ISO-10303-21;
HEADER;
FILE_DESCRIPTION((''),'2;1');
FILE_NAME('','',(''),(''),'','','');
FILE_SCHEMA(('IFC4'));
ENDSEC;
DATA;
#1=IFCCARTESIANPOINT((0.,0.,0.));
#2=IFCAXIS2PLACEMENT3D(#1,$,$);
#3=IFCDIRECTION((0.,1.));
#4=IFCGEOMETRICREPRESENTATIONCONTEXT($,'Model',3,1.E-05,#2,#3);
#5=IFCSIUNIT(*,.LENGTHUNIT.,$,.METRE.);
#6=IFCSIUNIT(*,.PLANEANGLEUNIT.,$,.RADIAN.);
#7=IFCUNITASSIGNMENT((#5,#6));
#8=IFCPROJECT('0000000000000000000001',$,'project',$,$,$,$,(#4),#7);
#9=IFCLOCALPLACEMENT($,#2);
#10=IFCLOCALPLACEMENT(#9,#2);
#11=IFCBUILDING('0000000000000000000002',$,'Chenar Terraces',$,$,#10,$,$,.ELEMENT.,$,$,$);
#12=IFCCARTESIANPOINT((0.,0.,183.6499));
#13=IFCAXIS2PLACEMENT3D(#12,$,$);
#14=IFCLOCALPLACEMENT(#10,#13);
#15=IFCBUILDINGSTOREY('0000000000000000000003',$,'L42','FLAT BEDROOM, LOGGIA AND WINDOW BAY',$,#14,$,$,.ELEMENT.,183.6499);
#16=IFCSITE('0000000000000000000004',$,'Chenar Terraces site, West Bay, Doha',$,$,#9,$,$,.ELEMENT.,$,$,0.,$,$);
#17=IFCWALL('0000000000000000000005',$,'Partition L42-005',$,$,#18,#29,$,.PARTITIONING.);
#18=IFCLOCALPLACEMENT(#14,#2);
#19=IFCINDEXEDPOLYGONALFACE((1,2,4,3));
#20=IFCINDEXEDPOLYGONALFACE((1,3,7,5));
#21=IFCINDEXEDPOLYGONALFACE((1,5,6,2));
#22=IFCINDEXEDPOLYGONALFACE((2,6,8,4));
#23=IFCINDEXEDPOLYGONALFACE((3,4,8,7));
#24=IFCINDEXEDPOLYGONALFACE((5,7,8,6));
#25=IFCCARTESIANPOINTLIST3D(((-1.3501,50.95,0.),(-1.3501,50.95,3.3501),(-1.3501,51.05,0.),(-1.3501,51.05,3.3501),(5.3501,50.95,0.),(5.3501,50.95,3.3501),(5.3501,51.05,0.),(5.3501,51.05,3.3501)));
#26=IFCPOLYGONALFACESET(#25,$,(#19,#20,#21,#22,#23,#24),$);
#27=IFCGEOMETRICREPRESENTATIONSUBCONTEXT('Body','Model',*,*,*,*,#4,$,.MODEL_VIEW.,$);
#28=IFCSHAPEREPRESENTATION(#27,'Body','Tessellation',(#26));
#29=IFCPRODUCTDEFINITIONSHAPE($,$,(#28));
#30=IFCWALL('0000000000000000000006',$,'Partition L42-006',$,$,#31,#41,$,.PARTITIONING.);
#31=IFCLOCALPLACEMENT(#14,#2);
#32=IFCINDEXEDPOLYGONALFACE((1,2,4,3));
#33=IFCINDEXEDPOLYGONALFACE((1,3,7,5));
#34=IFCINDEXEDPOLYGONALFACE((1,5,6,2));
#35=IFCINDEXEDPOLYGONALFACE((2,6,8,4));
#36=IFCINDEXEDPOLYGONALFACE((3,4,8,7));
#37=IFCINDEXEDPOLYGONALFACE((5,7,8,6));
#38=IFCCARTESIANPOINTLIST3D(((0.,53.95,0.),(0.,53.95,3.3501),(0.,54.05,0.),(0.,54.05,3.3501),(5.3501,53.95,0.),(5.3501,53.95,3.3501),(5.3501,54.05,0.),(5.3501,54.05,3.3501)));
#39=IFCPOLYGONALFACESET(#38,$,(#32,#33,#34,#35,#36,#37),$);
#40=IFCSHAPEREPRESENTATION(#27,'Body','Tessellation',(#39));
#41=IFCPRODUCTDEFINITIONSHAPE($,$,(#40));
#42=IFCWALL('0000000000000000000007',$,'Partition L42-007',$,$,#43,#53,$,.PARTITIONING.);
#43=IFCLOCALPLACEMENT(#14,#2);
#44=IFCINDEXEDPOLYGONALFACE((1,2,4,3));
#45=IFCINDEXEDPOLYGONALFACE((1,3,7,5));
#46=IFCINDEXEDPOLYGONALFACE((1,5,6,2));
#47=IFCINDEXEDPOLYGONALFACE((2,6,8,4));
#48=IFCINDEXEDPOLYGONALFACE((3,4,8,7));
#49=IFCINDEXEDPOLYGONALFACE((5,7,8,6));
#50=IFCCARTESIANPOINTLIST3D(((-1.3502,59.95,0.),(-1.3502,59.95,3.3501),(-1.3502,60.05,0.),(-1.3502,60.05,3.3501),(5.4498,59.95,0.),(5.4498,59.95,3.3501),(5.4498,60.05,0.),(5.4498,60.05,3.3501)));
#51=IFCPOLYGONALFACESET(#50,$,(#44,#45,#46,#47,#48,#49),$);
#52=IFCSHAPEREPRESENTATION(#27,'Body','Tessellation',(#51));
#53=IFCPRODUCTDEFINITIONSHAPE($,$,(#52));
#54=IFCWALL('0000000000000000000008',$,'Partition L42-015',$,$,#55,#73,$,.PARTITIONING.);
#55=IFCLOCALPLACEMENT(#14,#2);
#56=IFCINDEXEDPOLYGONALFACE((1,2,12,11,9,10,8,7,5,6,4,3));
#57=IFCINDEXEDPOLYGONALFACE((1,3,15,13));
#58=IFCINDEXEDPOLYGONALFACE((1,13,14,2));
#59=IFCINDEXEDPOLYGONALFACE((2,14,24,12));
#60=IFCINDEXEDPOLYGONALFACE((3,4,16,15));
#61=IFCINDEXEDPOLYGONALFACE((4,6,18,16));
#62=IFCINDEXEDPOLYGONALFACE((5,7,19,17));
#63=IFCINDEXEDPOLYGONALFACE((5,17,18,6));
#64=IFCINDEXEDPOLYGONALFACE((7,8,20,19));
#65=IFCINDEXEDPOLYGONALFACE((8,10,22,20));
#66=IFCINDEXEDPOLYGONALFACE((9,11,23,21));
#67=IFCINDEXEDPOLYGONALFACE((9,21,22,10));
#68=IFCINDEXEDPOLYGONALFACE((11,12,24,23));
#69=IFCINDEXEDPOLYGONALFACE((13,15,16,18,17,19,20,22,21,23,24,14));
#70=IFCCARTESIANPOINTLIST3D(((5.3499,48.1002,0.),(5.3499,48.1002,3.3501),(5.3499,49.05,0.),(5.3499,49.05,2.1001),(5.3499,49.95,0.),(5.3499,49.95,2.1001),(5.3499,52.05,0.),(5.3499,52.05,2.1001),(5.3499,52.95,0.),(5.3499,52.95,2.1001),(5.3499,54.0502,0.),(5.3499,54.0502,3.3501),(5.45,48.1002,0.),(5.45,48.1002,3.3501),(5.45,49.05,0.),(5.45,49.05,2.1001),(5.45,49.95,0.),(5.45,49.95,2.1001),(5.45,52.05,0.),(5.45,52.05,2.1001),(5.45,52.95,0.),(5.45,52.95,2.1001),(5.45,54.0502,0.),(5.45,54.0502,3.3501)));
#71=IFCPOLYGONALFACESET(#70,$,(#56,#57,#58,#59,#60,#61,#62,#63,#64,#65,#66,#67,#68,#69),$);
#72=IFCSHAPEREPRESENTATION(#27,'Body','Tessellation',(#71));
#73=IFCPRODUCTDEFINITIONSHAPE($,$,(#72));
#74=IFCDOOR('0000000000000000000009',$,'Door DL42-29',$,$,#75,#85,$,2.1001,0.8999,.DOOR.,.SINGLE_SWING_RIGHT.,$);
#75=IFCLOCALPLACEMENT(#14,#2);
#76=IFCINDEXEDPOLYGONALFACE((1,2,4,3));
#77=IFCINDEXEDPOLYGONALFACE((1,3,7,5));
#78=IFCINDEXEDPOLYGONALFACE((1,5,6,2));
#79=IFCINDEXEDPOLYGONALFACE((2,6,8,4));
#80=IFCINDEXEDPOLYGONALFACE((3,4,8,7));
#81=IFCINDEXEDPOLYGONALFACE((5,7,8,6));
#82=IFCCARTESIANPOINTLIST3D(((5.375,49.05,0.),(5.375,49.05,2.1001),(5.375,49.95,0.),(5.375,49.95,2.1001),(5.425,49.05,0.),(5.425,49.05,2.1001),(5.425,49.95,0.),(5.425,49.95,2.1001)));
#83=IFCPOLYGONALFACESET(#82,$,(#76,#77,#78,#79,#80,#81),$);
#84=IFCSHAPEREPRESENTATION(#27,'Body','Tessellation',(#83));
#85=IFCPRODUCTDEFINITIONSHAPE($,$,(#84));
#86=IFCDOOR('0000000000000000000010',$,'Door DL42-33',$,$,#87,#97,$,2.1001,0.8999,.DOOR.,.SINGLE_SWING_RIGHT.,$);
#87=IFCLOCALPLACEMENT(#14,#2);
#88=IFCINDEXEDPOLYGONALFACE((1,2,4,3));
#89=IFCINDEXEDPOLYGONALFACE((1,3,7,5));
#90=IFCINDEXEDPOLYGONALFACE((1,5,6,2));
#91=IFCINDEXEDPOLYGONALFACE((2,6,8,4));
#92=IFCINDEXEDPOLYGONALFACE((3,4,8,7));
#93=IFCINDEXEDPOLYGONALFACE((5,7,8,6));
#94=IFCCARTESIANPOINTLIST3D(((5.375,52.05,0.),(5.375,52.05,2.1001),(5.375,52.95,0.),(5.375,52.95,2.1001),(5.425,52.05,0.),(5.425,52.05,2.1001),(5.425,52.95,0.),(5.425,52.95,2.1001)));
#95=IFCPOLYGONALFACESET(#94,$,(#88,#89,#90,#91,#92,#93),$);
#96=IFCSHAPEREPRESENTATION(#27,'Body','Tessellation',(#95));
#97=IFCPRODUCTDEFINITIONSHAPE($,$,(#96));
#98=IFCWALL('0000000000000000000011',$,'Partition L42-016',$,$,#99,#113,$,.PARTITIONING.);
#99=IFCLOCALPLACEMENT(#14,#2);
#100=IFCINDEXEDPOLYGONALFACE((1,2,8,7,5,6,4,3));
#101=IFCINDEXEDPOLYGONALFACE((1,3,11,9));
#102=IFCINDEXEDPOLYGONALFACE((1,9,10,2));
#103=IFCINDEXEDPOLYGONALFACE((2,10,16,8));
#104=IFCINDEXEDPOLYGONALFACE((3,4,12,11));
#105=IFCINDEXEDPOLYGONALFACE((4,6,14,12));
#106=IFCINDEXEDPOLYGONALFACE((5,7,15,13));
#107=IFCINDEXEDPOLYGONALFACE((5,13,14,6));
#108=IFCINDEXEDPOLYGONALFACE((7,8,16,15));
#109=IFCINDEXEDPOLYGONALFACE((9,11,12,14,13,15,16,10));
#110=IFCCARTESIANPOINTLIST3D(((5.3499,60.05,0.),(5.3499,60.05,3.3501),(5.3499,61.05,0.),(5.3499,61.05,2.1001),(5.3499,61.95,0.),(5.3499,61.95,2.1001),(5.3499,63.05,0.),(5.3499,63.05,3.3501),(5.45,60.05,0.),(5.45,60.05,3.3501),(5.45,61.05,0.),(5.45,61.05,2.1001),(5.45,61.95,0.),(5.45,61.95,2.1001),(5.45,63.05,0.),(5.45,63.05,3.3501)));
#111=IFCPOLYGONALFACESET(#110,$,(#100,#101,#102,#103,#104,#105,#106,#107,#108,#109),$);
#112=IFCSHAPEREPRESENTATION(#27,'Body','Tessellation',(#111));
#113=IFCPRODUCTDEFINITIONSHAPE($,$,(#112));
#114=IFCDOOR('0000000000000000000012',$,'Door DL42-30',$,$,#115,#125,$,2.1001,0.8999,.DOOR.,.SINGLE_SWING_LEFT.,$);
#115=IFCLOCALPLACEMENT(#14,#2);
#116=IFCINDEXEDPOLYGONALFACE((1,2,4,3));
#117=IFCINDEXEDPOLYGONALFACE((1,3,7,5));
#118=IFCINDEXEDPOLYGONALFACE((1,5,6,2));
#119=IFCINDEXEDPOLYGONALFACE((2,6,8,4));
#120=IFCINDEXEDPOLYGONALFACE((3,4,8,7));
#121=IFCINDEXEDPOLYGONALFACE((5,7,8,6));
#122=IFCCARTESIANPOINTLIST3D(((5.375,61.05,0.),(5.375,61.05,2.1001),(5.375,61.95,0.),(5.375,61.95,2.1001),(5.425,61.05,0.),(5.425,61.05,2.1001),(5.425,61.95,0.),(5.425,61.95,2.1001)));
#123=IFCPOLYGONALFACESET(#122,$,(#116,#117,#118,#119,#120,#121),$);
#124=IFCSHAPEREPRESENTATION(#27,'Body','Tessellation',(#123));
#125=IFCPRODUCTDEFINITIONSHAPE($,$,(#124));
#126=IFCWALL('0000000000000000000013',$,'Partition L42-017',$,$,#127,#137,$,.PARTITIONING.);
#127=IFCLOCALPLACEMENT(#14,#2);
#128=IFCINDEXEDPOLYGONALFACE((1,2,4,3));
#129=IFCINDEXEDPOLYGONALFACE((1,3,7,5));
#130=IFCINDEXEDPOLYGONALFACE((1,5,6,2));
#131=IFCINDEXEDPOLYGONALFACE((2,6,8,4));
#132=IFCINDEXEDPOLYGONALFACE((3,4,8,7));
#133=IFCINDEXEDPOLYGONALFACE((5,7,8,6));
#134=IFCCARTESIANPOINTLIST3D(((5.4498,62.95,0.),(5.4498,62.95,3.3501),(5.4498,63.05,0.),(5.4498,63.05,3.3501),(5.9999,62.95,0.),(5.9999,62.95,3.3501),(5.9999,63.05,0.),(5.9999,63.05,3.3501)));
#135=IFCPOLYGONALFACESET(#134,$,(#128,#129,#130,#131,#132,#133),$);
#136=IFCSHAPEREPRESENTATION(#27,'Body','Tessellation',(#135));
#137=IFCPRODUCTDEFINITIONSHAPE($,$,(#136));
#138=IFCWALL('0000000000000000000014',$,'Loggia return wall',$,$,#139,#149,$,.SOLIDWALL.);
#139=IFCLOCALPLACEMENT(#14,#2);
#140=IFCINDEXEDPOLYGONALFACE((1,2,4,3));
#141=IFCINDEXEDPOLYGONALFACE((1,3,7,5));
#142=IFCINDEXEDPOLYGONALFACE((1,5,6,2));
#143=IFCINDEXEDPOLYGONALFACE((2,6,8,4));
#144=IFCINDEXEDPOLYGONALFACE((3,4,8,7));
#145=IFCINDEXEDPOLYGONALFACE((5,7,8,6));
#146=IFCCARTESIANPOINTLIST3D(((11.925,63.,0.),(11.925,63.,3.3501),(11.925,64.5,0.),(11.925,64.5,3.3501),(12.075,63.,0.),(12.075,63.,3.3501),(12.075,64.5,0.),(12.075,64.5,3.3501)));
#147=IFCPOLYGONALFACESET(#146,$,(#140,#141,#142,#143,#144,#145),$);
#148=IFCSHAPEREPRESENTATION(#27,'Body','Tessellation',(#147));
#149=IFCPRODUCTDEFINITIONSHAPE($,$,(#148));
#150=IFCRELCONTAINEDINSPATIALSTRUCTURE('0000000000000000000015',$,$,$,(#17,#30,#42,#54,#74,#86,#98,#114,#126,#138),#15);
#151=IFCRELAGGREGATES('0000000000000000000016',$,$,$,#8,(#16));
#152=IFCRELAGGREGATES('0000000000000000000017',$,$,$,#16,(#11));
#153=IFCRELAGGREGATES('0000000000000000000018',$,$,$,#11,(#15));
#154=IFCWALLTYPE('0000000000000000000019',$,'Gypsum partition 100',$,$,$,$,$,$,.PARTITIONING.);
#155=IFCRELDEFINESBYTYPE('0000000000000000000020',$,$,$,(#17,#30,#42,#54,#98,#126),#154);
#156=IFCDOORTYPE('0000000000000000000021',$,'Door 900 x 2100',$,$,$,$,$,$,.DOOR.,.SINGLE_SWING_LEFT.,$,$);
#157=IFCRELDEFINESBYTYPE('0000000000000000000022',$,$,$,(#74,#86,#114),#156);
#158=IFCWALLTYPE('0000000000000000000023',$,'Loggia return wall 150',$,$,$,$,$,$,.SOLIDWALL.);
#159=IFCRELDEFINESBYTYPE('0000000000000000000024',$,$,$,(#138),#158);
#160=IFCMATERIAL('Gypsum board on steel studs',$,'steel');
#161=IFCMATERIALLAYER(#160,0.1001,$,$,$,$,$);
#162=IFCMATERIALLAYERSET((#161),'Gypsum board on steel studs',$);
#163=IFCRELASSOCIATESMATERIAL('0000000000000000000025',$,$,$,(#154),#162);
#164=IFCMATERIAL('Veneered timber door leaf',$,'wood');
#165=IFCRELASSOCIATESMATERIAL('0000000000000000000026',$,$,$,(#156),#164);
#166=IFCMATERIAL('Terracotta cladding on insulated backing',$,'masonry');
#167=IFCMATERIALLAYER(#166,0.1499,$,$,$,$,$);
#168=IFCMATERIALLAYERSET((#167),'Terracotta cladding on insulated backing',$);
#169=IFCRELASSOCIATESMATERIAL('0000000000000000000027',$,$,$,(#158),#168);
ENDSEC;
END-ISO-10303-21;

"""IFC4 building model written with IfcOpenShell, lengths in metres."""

from ifc_helpers import new_model, si_unit, direction, frame, frame_2d, origin, place, context, subcontext, project, spatial, rectangle, extrude, material, layer, layer_set, type_object, element, fill, save


model = new_model("IFC4")

# Units and contexts
model_context = context("Model", 3, precision=1e-05, world=origin(), true_north=direction((0.0, 1.0)))
body_context = subcontext(model_context, "Body", "Model", "MODEL_VIEW")
ifc_project = project(units=[si_unit("LENGTHUNIT", "METRE"), si_unit("PLANEANGLEUNIT", "RADIAN")], contexts=[model_context])

# Site, building, storey
site_placement = place(None, origin())
site = spatial("IfcSite", under=ifc_project, at=site_placement, Name="Chenar Terraces site, West Bay, Doha", CompositionType="ELEMENT", RefElevation=0.0)
building_placement = place(site_placement, origin())
building = spatial("IfcBuilding", under=site, at=building_placement, Name="Chenar Terraces", CompositionType="ELEMENT")
storey_placement = place(building_placement, frame((0.0, 0.0, 183.6499)))
storey = spatial("IfcBuildingStorey", under=building, at=storey_placement, Name="L42", Description="FLAT BEDROOM, LOGGIA AND WINDOW BAY", CompositionType="ELEMENT", Elevation=183.6499)

# Shared definitions
placement = place(storey_placement, frame((0.0, 54.0, 0.0), z_axis=(0.0, 0.0, 1.0), x_axis=(1.0, 0.0, 0.0)))

# Walls
ifc_material_1 = material(Name="Gypsum board on steel studs", Category="steel")
ifc_layer_1 = layer(ifc_material_1, 0.1001)
ifc_layer_set_1 = layer_set([ifc_layer_1], Name="Gypsum board on steel studs")
wall_type_1 = type_object("IfcWallType", Name="Gypsum partition 100", PredefinedType="PARTITIONING", material=ifc_layer_set_1)
wall_1_placement = place(storey_placement, frame((-1.3501, 51.0, 0.0), z_axis=(0.0, 0.0, 1.0), x_axis=(1.0, 0.0, 0.0)))
element("IfcWall", 1, at=wall_1_placement, inside=storey, type_object=wall_type_1, Name="Partition L42-005", PredefinedType="PARTITIONING", context=body_context, shape_type="SweptSolid", body=[
    extrude(rectangle(XDim=6.7002, YDim=0.1001, at=frame_2d((3.3501, 0.0))), origin(), (0.0, 0.0, 1.0), 3.3501),
])
element("IfcWall", 2, at=placement, inside=storey, type_object=wall_type_1, Name="Partition L42-006", PredefinedType="PARTITIONING", context=body_context, shape_type="SweptSolid", body=[
    extrude(rectangle(XDim=5.3501, YDim=0.1001, at=frame_2d((2.675, 0.0))), origin(), (0.0, 0.0, 1.0), 3.3501),
])
wall_2_placement = place(storey_placement, frame((-1.3501, 60.0, 0.0), z_axis=(0.0, 0.0, 1.0), x_axis=(1.0, 0.0, 0.0)))
element("IfcWall", 3, at=wall_2_placement, inside=storey, type_object=wall_type_1, Name="Partition L42-007", PredefinedType="PARTITIONING", context=body_context, shape_type="SweptSolid", body=[
    extrude(rectangle(XDim=6.8, YDim=0.1001, at=frame_2d((3.3999, 0.0))), origin(), (0.0, 0.0, 1.0), 3.3501),
])

# Wall, openings, doors
wall_3_placement = place(storey_placement, frame((5.3999, 48.1001, 0.0), z_axis=(0.0, 0.0, 1.0), x_axis=(0.0, 1.0, 0.0)))
wall_3 = element("IfcWall", 4, at=wall_3_placement, inside=storey, type_object=wall_type_1, Name="Partition L42-015", PredefinedType="PARTITIONING", context=body_context, shape_type="SweptSolid", body=[
    extrude(rectangle(XDim=5.95, YDim=0.1001, at=frame_2d((2.9751, 0.0))), origin(), (0.0, 0.0, 1.0), 3.3501),
])
opening_1_placement = place(wall_3_placement, frame((0.95, 0.0, 0.0)))
opening_1 = element("IfcOpeningElement", 5, at=opening_1_placement, cuts=wall_3, PredefinedType="OPENING", context=body_context, shape_type="SweptSolid", body=[
    extrude(rectangle(XDim=0.8999, YDim=2.1001, at=frame_2d((0.45, 1.05))), frame((0.0, 0.0601, 0.0), z_axis=(0.0, -1.0, 0.0), x_axis=(1.0, 0.0, 0.0)), (0.0, 0.0, 1.0), 0.1201),
])
opening_2_placement = place(wall_3_placement, frame((3.95, 0.0, 0.0)))
opening_2 = element("IfcOpeningElement", 6, at=opening_2_placement, cuts=wall_3, PredefinedType="OPENING", context=body_context, shape_type="SweptSolid", body=[
    extrude(rectangle(XDim=0.8999, YDim=2.1001, at=frame_2d((0.45, 1.05))), frame((0.0, 0.0601, 0.0), z_axis=(0.0, -1.0, 0.0), x_axis=(1.0, 0.0, 0.0)), (0.0, 0.0, 1.0), 0.1201),
])
ifc_material_2 = material(Name="Veneered timber door leaf", Category="wood")
door_type_1 = type_object("IfcDoorType", Name="Door 900 x 2100", OperationType="SINGLE_SWING_LEFT", PredefinedType="DOOR", material=ifc_material_2)
door_1_placement = place(opening_1_placement, origin())
door_1 = element("IfcDoor", 7, at=door_1_placement, inside=storey, type_object=door_type_1, Name="Door DL42-29", OperationType="SINGLE_SWING_RIGHT", OverallHeight=2.1001, OverallWidth=0.8999, PredefinedType="DOOR", context=body_context, shape_type="SweptSolid", body=[
    extrude(rectangle(XDim=0.8999, YDim=2.1001, at=frame_2d((0.45, 1.05))), frame((0.0, 0.0249, 0.0), z_axis=(0.0, -1.0, 0.0), x_axis=(1.0, 0.0, 0.0)), (0.0, 0.0, 1.0), 0.05),
])
fill(opening_1, door_1)
door_2_placement = place(opening_2_placement, origin())
door_2 = element("IfcDoor", 8, at=door_2_placement, inside=storey, type_object=door_type_1, Name="Door DL42-33", OperationType="SINGLE_SWING_RIGHT", OverallHeight=2.1001, OverallWidth=0.8999, PredefinedType="DOOR", context=body_context, shape_type="SweptSolid", body=[
    extrude(rectangle(XDim=0.8999, YDim=2.1001, at=frame_2d((0.45, 1.05))), frame((0.0, 0.0249, 0.0), z_axis=(0.0, -1.0, 0.0), x_axis=(1.0, 0.0, 0.0)), (0.0, 0.0, 1.0), 0.05),
])
fill(opening_2, door_2)

# Wall, opening, door
wall_4_placement = place(storey_placement, frame((5.3999, 60.05, 0.0), z_axis=(0.0, 0.0, 1.0), x_axis=(0.0, 1.0, 0.0)))
wall_4 = element("IfcWall", 9, at=wall_4_placement, inside=storey, type_object=wall_type_1, Name="Partition L42-016", PredefinedType="PARTITIONING", context=body_context, shape_type="SweptSolid", body=[
    extrude(rectangle(XDim=3.0, YDim=0.1001, at=frame_2d((1.5, 0.0))), origin(), (0.0, 0.0, 1.0), 3.3501),
])
opening_3_placement = place(wall_4_placement, frame((1.0, 0.0, 0.0)))
opening_3 = element("IfcOpeningElement", 10, at=opening_3_placement, cuts=wall_4, PredefinedType="OPENING", context=body_context, shape_type="SweptSolid", body=[
    extrude(rectangle(XDim=0.8999, YDim=2.1001, at=frame_2d((0.45, 1.05))), frame((0.0, 0.0601, 0.0), z_axis=(0.0, -1.0, 0.0), x_axis=(1.0, 0.0, 0.0)), (0.0, 0.0, 1.0), 0.1201),
])
door_3_placement = place(opening_3_placement, origin())
door_3 = element("IfcDoor", 11, at=door_3_placement, inside=storey, type_object=door_type_1, Name="Door DL42-30", OperationType="SINGLE_SWING_LEFT", OverallHeight=2.1001, OverallWidth=0.8999, PredefinedType="DOOR", context=body_context, shape_type="SweptSolid", body=[
    extrude(rectangle(XDim=0.8999, YDim=2.1001, at=frame_2d((0.45, 1.05))), frame((0.0, 0.0249, 0.0), z_axis=(0.0, -1.0, 0.0), x_axis=(1.0, 0.0, 0.0)), (0.0, 0.0, 1.0), 0.05),
])
fill(opening_3, door_3)

# Walls
wall_5_placement = place(storey_placement, frame((5.45, 63.0, 0.0), z_axis=(0.0, 0.0, 1.0), x_axis=(1.0, 0.0, 0.0)))
element("IfcWall", 12, at=wall_5_placement, inside=storey, type_object=wall_type_1, Name="Partition L42-017", PredefinedType="PARTITIONING", context=body_context, shape_type="SweptSolid", body=[
    extrude(rectangle(XDim=0.55, YDim=0.1001, at=frame_2d((0.2749, 0.0))), origin(), (0.0, 0.0, 1.0), 3.3501),
])
ifc_material_3 = material(Name="Terracotta cladding on insulated backing", Category="masonry")
ifc_layer_2 = layer(ifc_material_3, 0.1499)
ifc_layer_set_2 = layer_set([ifc_layer_2], Name="Terracotta cladding on insulated backing")
wall_type_2 = type_object("IfcWallType", Name="Loggia return wall 150", PredefinedType="SOLIDWALL", material=ifc_layer_set_2)
wall_6_placement = place(storey_placement, frame((12.0, 64.5, 0.0), z_axis=(0.0, 0.0, 1.0), x_axis=(0.0, -1.0, 0.0)))
element("IfcWall", 13, at=wall_6_placement, inside=storey, type_object=wall_type_2, Name="Loggia return wall", PredefinedType="SOLIDWALL", context=body_context, shape_type="SweptSolid", body=[
    extrude(rectangle(XDim=1.5, YDim=0.1499, at=frame_2d((0.75, 0.0))), origin(), (0.0, 0.0, 1.0), 3.3501),
])

save(model, "model.ifc")
